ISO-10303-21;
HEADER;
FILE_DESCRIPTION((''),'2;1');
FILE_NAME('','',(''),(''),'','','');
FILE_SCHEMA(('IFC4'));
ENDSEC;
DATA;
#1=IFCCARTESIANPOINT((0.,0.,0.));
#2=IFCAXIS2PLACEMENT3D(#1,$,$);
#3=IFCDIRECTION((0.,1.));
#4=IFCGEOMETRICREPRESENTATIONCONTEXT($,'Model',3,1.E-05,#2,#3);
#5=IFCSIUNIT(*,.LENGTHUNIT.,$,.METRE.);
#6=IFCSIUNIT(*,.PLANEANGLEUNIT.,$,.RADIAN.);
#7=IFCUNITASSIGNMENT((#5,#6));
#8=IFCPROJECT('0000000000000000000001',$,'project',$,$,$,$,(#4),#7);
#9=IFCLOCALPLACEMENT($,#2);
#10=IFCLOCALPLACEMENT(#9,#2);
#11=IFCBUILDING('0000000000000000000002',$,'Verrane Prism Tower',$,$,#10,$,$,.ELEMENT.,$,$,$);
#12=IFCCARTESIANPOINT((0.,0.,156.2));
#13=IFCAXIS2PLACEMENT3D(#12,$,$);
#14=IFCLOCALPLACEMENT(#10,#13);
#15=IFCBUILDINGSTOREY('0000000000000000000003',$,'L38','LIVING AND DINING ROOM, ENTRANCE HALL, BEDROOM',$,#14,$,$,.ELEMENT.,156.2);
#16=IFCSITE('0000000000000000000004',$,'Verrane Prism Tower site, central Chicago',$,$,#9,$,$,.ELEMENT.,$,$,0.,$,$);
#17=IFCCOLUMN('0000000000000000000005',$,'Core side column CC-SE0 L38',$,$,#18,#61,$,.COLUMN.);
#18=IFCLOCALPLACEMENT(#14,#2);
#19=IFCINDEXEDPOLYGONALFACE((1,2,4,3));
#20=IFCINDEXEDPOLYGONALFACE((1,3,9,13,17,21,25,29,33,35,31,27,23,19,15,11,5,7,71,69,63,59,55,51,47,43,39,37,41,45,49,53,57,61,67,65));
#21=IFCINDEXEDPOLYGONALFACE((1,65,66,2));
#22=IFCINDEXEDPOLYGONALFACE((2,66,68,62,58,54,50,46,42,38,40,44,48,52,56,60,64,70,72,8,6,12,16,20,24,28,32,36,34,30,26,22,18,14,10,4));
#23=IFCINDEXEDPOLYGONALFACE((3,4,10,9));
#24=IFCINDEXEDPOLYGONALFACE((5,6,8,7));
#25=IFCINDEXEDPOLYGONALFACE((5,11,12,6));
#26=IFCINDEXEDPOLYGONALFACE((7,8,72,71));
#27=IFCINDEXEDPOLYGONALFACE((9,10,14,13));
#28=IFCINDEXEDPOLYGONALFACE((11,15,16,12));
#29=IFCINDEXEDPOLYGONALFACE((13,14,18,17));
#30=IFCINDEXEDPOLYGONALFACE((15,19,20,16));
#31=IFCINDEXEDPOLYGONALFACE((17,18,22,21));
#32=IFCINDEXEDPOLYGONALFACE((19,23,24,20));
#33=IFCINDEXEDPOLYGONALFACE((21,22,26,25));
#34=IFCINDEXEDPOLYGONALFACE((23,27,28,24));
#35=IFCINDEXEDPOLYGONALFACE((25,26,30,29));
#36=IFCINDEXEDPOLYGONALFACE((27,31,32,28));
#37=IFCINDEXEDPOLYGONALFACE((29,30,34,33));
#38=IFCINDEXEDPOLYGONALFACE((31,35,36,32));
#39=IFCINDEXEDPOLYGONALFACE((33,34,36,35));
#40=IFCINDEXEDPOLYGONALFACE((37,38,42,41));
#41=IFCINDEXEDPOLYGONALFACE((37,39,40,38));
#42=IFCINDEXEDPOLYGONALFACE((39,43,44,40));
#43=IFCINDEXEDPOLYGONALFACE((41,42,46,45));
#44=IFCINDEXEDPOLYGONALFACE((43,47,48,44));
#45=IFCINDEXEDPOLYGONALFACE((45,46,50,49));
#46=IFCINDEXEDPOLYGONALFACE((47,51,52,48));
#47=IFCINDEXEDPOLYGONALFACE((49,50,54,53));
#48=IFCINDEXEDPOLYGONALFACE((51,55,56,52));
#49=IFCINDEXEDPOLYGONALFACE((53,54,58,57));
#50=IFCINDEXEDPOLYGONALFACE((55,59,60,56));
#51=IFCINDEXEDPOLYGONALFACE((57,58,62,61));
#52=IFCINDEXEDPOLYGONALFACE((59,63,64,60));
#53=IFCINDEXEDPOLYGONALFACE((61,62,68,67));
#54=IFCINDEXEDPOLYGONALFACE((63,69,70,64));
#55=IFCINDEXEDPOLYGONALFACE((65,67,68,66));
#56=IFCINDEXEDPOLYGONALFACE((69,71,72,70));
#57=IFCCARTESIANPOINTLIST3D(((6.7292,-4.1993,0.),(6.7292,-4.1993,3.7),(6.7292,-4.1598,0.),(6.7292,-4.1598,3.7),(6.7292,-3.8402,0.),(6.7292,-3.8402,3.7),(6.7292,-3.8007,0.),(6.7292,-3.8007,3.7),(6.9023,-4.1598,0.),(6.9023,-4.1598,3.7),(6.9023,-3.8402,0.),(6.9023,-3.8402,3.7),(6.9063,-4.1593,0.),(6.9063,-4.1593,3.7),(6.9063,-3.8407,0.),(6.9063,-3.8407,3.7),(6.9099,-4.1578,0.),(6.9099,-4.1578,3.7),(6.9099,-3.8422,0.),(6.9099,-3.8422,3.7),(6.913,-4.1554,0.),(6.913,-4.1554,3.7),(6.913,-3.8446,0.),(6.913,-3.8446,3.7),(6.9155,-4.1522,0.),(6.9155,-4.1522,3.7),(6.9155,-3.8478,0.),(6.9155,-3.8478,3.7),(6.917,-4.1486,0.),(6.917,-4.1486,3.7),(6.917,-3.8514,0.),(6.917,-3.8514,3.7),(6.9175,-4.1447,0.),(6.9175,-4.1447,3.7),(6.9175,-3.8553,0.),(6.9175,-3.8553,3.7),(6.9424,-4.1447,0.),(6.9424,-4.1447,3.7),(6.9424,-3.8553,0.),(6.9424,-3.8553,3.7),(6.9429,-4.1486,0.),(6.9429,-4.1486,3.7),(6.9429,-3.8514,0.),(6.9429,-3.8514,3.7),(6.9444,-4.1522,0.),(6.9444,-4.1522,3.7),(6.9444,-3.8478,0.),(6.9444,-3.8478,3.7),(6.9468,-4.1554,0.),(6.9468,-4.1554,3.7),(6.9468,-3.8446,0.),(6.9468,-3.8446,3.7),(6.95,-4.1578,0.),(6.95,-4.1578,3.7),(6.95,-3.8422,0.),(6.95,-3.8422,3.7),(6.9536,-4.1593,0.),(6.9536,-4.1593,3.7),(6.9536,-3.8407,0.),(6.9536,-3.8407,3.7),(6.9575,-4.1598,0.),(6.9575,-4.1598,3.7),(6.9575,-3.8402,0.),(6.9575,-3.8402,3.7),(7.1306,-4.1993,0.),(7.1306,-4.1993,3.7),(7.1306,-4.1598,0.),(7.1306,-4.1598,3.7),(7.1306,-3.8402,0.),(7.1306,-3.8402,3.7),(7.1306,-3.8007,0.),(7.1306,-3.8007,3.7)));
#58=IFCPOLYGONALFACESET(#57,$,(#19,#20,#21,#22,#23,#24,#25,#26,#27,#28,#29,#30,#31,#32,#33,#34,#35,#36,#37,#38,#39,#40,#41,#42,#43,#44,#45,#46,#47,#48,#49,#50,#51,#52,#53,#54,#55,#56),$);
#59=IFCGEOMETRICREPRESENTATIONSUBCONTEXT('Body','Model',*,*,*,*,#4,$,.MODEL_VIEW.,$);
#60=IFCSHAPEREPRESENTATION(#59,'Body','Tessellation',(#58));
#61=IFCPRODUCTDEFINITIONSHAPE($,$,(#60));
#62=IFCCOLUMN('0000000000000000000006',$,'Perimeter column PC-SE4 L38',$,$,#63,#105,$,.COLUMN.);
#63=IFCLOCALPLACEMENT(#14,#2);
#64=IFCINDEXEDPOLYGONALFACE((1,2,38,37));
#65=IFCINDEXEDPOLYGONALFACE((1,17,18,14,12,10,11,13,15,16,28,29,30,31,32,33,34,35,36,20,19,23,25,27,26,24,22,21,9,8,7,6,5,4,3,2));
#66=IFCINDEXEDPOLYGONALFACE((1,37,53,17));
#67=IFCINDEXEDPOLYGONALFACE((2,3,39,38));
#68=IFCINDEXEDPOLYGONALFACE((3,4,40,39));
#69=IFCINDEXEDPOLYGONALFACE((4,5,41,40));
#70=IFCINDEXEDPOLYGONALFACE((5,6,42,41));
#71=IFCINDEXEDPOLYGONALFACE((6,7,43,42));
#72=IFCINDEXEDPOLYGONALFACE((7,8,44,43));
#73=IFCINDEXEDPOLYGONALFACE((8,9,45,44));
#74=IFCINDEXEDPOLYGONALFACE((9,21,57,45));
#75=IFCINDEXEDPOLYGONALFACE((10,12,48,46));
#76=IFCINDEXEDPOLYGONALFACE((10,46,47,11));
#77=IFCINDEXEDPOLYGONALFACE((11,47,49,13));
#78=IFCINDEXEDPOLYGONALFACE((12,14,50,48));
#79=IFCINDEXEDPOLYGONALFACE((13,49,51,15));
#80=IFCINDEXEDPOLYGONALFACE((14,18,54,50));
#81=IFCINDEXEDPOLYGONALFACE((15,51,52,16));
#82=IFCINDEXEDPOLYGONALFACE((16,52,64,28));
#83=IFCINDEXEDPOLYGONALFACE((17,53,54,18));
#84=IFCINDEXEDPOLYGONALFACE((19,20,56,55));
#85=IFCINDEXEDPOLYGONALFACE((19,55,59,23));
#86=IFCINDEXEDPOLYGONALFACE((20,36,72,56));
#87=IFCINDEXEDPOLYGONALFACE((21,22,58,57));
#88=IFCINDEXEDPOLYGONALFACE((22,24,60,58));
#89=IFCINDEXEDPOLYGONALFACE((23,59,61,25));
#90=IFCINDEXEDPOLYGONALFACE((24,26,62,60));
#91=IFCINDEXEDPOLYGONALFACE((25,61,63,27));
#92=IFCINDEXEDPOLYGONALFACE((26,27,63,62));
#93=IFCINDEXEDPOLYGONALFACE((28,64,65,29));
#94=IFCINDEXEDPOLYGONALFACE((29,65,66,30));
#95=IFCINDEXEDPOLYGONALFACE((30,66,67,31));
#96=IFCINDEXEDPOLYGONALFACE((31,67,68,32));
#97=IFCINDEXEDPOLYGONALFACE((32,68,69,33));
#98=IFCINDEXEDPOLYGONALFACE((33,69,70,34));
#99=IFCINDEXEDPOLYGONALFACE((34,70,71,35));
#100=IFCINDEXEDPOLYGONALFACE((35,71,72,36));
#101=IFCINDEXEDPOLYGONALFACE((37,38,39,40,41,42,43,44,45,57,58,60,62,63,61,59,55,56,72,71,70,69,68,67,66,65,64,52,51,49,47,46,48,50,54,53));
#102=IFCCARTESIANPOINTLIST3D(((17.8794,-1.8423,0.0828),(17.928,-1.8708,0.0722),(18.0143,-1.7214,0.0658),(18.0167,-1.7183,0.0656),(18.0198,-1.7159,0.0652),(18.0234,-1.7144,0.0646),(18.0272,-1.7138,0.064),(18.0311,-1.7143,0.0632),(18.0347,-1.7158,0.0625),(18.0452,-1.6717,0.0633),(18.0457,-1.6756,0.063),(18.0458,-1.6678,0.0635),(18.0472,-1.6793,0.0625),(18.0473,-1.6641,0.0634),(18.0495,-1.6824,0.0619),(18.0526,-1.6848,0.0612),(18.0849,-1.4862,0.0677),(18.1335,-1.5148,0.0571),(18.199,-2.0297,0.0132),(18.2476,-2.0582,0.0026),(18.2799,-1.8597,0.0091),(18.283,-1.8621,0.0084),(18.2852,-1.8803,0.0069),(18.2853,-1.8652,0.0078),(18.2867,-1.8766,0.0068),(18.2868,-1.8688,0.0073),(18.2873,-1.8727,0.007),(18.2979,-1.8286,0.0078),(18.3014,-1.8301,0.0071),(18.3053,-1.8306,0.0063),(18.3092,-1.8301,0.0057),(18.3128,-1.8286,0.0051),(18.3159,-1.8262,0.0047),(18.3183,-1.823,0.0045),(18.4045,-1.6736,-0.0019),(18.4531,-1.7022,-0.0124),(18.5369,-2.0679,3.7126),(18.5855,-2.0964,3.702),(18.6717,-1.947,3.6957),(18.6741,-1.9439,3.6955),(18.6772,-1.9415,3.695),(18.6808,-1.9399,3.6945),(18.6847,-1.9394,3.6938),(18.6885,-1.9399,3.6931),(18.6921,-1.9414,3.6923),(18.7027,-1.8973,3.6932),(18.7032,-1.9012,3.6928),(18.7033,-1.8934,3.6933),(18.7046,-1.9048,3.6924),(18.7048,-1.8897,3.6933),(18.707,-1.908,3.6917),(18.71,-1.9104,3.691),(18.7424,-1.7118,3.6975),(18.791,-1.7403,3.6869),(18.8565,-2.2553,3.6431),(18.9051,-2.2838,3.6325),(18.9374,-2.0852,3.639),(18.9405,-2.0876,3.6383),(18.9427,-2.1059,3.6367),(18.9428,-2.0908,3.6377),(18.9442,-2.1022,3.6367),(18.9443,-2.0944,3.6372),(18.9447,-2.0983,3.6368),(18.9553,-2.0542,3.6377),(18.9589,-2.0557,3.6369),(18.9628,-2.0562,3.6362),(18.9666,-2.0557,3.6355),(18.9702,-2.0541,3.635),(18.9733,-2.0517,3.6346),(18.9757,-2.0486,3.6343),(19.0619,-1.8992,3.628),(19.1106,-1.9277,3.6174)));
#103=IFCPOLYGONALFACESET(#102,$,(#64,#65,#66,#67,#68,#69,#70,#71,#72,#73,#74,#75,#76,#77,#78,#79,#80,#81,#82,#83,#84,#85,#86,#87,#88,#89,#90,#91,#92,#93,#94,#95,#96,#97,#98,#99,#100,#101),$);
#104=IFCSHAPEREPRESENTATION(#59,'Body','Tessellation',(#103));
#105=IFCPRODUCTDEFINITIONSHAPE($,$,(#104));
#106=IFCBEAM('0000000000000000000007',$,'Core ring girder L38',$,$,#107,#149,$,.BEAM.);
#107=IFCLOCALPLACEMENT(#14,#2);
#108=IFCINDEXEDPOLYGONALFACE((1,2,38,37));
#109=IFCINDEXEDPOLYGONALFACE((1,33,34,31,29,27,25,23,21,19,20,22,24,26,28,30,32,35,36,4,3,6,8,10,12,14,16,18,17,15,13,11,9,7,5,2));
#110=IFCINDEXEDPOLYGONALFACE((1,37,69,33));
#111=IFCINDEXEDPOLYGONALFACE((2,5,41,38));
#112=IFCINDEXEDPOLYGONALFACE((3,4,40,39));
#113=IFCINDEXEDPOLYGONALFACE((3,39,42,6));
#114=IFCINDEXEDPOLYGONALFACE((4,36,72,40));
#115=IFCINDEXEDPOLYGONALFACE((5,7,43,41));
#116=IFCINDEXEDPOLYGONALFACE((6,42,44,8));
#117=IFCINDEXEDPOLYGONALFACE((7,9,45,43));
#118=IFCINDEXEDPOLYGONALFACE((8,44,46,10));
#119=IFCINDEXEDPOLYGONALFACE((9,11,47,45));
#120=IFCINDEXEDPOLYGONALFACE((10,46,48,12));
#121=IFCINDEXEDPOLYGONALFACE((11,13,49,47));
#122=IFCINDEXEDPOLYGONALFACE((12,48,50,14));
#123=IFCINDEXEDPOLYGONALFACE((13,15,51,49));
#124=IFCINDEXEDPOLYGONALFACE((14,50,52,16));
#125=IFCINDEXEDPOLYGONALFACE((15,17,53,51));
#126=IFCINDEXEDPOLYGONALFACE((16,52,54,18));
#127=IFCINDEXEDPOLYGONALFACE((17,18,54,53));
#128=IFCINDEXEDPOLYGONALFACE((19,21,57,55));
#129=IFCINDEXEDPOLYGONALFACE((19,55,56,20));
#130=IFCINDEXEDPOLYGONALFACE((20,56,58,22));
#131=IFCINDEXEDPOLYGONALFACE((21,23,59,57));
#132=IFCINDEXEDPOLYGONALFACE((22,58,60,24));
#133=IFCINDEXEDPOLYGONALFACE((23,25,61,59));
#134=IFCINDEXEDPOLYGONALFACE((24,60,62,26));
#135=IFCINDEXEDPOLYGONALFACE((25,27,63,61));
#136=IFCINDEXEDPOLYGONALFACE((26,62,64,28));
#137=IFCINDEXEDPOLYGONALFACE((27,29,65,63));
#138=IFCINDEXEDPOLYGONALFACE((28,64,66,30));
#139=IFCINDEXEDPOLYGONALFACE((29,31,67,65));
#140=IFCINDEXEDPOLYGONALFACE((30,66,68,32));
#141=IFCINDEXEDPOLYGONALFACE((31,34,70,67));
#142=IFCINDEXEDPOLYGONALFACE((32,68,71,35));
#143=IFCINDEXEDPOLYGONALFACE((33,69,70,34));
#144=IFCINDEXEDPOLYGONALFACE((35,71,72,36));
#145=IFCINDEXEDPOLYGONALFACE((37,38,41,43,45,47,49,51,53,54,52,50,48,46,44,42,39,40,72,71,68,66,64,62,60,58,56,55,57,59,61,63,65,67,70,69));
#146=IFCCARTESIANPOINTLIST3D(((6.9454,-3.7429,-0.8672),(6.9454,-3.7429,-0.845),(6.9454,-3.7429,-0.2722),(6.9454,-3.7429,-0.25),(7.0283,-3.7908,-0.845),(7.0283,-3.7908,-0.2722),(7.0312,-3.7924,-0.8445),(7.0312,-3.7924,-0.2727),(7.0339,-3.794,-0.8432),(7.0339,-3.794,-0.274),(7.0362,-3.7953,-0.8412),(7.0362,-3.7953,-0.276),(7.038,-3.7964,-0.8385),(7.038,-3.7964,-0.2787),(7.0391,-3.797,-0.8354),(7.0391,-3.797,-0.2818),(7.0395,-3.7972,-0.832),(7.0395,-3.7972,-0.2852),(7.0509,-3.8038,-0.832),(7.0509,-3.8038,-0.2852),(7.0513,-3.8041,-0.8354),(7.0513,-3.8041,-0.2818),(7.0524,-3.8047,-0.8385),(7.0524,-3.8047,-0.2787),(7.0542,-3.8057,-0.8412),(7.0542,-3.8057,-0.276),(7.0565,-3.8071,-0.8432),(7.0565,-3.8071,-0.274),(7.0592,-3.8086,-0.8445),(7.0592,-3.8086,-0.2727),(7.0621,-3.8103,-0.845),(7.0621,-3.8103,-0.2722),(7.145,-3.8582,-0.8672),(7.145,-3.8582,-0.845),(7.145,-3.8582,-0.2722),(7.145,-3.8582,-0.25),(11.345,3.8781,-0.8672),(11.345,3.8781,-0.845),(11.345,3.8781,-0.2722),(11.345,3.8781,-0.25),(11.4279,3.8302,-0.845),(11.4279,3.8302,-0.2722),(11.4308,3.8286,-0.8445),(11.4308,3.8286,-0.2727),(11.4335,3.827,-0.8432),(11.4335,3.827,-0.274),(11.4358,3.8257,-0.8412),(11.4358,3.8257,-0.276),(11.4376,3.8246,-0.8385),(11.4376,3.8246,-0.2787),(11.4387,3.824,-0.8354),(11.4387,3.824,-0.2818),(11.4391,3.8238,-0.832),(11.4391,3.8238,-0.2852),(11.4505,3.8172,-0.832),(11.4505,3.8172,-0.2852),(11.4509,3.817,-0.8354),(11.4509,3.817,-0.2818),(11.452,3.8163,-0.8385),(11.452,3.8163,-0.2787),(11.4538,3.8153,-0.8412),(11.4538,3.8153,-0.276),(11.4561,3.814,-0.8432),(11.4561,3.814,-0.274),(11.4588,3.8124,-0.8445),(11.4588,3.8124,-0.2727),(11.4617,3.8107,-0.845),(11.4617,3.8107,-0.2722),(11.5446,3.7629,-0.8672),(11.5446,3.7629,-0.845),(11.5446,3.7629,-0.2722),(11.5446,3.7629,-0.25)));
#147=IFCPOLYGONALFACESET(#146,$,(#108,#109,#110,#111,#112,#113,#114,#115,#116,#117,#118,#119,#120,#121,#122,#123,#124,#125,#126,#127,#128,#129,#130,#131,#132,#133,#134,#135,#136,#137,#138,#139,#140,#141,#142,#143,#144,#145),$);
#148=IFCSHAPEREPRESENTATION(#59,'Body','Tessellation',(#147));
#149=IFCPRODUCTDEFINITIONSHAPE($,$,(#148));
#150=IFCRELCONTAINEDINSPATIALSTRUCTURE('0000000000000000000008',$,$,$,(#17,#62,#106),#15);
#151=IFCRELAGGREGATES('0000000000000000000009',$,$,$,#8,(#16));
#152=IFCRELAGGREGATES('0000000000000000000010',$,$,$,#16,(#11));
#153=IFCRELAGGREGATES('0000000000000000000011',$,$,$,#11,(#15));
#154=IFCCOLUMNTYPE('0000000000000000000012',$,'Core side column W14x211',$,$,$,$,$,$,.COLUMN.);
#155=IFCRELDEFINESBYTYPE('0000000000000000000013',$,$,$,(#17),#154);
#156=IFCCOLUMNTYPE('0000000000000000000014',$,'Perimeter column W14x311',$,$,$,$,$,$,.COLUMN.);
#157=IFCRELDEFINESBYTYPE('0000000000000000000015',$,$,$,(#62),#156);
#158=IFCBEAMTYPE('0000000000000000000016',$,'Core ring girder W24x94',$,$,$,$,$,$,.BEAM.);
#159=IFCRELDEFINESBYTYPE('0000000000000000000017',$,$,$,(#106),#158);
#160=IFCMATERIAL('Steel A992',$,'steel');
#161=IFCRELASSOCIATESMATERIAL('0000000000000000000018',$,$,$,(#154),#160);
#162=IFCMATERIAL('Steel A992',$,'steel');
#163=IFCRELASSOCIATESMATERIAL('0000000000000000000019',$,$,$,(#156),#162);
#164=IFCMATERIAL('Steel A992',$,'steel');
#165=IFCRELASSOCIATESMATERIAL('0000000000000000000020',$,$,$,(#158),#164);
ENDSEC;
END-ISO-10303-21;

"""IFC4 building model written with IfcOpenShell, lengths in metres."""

from ifc_helpers import new_model, si_unit, direction, frame, origin, origin_2d, place, context, subcontext, project, spatial, i_section, extrude, material, material_profile, profile_set, type_object, element, save


model = new_model("IFC4")

# Units and contexts
model_context = context("Model", 3, precision=1e-05, world=origin(), true_north=direction((0.0, 1.0)))
body_context = subcontext(model_context, "Body", "Model", "MODEL_VIEW")
ifc_project = project(units=[si_unit("LENGTHUNIT", "METRE"), si_unit("PLANEANGLEUNIT", "RADIAN")], contexts=[model_context])

# Site, building, storey
site_placement = place(None, origin())
site = spatial("IfcSite", under=ifc_project, at=site_placement, Name="Verrane Prism Tower site, central Chicago", CompositionType="ELEMENT", RefElevation=0.0)
building_placement = place(site_placement, origin())
building = spatial("IfcBuilding", under=site, at=building_placement, Name="Verrane Prism Tower", CompositionType="ELEMENT")
storey_placement = place(building_placement, frame((0.0, 0.0, 156.2)))
storey = spatial("IfcBuildingStorey", under=building, at=storey_placement, Name="L38", Description="LIVING AND DINING ROOM, ENTRANCE HALL, BEDROOM", CompositionType="ELEMENT", Elevation=156.2)

# Columns
ifc_material_1 = material(Name="Steel A992", Category="steel")
ifc_material_profile_1 = material_profile(ifc_material_1, i_section(OverallWidth=0.4014, OverallDepth=0.3987, WebThickness=0.0249, FlangeThickness=0.0396, FilletRadius=0.0151, at=origin_2d()), Name="W14x211")
ifc_profile_set_1 = profile_set([ifc_material_profile_1], Name="Steel A992")
column_type_1 = type_object("IfcColumnType", Name="Core side column W14x211", PredefinedType="COLUMN", material=ifc_profile_set_1)
column_1_placement = place(storey_placement, frame((6.9299, -4.0, 0.0), z_axis=(0.0, 0.0, 1.0), x_axis=(1.0, 0.0, 0.0)))
element("IfcColumn", 1, at=column_1_placement, inside=storey, type_object=column_type_1, Name="Core side column CC-SE0 L38", PredefinedType="COLUMN", context=body_context, shape_type="SweptSolid", body=[
    extrude(i_section(OverallWidth=0.4014, OverallDepth=0.3987, WebThickness=0.0249, FlangeThickness=0.0396, FilletRadius=0.0151, at=origin_2d()), origin(), (0.0, 0.0, 1.0), 3.7),
])
ifc_material_2 = material(Name="Steel A992", Category="steel")
ifc_material_profile_2 = material_profile(ifc_material_2, i_section(OverallWidth=0.4114, OverallDepth=0.4343, WebThickness=0.0359, FlangeThickness=0.0574, FilletRadius=0.0151, at=origin_2d()), Name="W14x311")
ifc_profile_set_2 = profile_set([ifc_material_profile_2], Name="Steel A992")
column_type_2 = type_object("IfcColumnType", Name="Perimeter column W14x311", PredefinedType="COLUMN", material=ifc_profile_set_2)
column_2_placement = place(storey_placement, frame((18.1663, -1.7722, 0.0352), z_axis=(0.177895, -0.061038, 0.982155), x_axis=(-0.49953, -0.86552, 0.036689)))
element("IfcColumn", 2, at=column_2_placement, inside=storey, type_object=column_type_2, Name="Perimeter column PC-SE4 L38", PredefinedType="COLUMN", context=body_context, shape_type="SweptSolid", body=[
    extrude(i_section(OverallWidth=0.4114, OverallDepth=0.4343, WebThickness=0.0359, FlangeThickness=0.0574, FilletRadius=0.0151, at=origin_2d()), origin(), (0.0, 0.0, 1.0), 3.6958),
])

# Beam
ifc_material_3 = material(Name="Steel A992", Category="steel")
ifc_material_profile_3 = material_profile(ifc_material_3, i_section(OverallWidth=0.2305, OverallDepth=0.6172, WebThickness=0.0132, FlangeThickness=0.0222, FilletRadius=0.0129, at=origin_2d()), Name="W24x94")
ifc_profile_set_3 = profile_set([ifc_material_profile_3], Name="Steel A992")
beam_type_1 = type_object("IfcBeamType", Name="Core ring girder W24x94", PredefinedType="BEAM", material=ifc_profile_set_3)
beam_1_placement = place(storey_placement, frame((7.0452, -3.8005, -0.5586), z_axis=(0.499967, 0.866044, 0.0), x_axis=(-0.866044, 0.499967, 0.0)))
element("IfcBeam", 3, at=beam_1_placement, inside=storey, type_object=beam_type_1, Name="Core ring girder L38", PredefinedType="BEAM", context=body_context, shape_type="SweptSolid", body=[
    extrude(i_section(OverallWidth=0.2305, OverallDepth=0.6172, WebThickness=0.0132, FlangeThickness=0.0222, FilletRadius=0.0129, at=origin_2d()), origin(), (0.0, 0.0, 1.0), 8.7998),
])

save(model, "model.ifc")
